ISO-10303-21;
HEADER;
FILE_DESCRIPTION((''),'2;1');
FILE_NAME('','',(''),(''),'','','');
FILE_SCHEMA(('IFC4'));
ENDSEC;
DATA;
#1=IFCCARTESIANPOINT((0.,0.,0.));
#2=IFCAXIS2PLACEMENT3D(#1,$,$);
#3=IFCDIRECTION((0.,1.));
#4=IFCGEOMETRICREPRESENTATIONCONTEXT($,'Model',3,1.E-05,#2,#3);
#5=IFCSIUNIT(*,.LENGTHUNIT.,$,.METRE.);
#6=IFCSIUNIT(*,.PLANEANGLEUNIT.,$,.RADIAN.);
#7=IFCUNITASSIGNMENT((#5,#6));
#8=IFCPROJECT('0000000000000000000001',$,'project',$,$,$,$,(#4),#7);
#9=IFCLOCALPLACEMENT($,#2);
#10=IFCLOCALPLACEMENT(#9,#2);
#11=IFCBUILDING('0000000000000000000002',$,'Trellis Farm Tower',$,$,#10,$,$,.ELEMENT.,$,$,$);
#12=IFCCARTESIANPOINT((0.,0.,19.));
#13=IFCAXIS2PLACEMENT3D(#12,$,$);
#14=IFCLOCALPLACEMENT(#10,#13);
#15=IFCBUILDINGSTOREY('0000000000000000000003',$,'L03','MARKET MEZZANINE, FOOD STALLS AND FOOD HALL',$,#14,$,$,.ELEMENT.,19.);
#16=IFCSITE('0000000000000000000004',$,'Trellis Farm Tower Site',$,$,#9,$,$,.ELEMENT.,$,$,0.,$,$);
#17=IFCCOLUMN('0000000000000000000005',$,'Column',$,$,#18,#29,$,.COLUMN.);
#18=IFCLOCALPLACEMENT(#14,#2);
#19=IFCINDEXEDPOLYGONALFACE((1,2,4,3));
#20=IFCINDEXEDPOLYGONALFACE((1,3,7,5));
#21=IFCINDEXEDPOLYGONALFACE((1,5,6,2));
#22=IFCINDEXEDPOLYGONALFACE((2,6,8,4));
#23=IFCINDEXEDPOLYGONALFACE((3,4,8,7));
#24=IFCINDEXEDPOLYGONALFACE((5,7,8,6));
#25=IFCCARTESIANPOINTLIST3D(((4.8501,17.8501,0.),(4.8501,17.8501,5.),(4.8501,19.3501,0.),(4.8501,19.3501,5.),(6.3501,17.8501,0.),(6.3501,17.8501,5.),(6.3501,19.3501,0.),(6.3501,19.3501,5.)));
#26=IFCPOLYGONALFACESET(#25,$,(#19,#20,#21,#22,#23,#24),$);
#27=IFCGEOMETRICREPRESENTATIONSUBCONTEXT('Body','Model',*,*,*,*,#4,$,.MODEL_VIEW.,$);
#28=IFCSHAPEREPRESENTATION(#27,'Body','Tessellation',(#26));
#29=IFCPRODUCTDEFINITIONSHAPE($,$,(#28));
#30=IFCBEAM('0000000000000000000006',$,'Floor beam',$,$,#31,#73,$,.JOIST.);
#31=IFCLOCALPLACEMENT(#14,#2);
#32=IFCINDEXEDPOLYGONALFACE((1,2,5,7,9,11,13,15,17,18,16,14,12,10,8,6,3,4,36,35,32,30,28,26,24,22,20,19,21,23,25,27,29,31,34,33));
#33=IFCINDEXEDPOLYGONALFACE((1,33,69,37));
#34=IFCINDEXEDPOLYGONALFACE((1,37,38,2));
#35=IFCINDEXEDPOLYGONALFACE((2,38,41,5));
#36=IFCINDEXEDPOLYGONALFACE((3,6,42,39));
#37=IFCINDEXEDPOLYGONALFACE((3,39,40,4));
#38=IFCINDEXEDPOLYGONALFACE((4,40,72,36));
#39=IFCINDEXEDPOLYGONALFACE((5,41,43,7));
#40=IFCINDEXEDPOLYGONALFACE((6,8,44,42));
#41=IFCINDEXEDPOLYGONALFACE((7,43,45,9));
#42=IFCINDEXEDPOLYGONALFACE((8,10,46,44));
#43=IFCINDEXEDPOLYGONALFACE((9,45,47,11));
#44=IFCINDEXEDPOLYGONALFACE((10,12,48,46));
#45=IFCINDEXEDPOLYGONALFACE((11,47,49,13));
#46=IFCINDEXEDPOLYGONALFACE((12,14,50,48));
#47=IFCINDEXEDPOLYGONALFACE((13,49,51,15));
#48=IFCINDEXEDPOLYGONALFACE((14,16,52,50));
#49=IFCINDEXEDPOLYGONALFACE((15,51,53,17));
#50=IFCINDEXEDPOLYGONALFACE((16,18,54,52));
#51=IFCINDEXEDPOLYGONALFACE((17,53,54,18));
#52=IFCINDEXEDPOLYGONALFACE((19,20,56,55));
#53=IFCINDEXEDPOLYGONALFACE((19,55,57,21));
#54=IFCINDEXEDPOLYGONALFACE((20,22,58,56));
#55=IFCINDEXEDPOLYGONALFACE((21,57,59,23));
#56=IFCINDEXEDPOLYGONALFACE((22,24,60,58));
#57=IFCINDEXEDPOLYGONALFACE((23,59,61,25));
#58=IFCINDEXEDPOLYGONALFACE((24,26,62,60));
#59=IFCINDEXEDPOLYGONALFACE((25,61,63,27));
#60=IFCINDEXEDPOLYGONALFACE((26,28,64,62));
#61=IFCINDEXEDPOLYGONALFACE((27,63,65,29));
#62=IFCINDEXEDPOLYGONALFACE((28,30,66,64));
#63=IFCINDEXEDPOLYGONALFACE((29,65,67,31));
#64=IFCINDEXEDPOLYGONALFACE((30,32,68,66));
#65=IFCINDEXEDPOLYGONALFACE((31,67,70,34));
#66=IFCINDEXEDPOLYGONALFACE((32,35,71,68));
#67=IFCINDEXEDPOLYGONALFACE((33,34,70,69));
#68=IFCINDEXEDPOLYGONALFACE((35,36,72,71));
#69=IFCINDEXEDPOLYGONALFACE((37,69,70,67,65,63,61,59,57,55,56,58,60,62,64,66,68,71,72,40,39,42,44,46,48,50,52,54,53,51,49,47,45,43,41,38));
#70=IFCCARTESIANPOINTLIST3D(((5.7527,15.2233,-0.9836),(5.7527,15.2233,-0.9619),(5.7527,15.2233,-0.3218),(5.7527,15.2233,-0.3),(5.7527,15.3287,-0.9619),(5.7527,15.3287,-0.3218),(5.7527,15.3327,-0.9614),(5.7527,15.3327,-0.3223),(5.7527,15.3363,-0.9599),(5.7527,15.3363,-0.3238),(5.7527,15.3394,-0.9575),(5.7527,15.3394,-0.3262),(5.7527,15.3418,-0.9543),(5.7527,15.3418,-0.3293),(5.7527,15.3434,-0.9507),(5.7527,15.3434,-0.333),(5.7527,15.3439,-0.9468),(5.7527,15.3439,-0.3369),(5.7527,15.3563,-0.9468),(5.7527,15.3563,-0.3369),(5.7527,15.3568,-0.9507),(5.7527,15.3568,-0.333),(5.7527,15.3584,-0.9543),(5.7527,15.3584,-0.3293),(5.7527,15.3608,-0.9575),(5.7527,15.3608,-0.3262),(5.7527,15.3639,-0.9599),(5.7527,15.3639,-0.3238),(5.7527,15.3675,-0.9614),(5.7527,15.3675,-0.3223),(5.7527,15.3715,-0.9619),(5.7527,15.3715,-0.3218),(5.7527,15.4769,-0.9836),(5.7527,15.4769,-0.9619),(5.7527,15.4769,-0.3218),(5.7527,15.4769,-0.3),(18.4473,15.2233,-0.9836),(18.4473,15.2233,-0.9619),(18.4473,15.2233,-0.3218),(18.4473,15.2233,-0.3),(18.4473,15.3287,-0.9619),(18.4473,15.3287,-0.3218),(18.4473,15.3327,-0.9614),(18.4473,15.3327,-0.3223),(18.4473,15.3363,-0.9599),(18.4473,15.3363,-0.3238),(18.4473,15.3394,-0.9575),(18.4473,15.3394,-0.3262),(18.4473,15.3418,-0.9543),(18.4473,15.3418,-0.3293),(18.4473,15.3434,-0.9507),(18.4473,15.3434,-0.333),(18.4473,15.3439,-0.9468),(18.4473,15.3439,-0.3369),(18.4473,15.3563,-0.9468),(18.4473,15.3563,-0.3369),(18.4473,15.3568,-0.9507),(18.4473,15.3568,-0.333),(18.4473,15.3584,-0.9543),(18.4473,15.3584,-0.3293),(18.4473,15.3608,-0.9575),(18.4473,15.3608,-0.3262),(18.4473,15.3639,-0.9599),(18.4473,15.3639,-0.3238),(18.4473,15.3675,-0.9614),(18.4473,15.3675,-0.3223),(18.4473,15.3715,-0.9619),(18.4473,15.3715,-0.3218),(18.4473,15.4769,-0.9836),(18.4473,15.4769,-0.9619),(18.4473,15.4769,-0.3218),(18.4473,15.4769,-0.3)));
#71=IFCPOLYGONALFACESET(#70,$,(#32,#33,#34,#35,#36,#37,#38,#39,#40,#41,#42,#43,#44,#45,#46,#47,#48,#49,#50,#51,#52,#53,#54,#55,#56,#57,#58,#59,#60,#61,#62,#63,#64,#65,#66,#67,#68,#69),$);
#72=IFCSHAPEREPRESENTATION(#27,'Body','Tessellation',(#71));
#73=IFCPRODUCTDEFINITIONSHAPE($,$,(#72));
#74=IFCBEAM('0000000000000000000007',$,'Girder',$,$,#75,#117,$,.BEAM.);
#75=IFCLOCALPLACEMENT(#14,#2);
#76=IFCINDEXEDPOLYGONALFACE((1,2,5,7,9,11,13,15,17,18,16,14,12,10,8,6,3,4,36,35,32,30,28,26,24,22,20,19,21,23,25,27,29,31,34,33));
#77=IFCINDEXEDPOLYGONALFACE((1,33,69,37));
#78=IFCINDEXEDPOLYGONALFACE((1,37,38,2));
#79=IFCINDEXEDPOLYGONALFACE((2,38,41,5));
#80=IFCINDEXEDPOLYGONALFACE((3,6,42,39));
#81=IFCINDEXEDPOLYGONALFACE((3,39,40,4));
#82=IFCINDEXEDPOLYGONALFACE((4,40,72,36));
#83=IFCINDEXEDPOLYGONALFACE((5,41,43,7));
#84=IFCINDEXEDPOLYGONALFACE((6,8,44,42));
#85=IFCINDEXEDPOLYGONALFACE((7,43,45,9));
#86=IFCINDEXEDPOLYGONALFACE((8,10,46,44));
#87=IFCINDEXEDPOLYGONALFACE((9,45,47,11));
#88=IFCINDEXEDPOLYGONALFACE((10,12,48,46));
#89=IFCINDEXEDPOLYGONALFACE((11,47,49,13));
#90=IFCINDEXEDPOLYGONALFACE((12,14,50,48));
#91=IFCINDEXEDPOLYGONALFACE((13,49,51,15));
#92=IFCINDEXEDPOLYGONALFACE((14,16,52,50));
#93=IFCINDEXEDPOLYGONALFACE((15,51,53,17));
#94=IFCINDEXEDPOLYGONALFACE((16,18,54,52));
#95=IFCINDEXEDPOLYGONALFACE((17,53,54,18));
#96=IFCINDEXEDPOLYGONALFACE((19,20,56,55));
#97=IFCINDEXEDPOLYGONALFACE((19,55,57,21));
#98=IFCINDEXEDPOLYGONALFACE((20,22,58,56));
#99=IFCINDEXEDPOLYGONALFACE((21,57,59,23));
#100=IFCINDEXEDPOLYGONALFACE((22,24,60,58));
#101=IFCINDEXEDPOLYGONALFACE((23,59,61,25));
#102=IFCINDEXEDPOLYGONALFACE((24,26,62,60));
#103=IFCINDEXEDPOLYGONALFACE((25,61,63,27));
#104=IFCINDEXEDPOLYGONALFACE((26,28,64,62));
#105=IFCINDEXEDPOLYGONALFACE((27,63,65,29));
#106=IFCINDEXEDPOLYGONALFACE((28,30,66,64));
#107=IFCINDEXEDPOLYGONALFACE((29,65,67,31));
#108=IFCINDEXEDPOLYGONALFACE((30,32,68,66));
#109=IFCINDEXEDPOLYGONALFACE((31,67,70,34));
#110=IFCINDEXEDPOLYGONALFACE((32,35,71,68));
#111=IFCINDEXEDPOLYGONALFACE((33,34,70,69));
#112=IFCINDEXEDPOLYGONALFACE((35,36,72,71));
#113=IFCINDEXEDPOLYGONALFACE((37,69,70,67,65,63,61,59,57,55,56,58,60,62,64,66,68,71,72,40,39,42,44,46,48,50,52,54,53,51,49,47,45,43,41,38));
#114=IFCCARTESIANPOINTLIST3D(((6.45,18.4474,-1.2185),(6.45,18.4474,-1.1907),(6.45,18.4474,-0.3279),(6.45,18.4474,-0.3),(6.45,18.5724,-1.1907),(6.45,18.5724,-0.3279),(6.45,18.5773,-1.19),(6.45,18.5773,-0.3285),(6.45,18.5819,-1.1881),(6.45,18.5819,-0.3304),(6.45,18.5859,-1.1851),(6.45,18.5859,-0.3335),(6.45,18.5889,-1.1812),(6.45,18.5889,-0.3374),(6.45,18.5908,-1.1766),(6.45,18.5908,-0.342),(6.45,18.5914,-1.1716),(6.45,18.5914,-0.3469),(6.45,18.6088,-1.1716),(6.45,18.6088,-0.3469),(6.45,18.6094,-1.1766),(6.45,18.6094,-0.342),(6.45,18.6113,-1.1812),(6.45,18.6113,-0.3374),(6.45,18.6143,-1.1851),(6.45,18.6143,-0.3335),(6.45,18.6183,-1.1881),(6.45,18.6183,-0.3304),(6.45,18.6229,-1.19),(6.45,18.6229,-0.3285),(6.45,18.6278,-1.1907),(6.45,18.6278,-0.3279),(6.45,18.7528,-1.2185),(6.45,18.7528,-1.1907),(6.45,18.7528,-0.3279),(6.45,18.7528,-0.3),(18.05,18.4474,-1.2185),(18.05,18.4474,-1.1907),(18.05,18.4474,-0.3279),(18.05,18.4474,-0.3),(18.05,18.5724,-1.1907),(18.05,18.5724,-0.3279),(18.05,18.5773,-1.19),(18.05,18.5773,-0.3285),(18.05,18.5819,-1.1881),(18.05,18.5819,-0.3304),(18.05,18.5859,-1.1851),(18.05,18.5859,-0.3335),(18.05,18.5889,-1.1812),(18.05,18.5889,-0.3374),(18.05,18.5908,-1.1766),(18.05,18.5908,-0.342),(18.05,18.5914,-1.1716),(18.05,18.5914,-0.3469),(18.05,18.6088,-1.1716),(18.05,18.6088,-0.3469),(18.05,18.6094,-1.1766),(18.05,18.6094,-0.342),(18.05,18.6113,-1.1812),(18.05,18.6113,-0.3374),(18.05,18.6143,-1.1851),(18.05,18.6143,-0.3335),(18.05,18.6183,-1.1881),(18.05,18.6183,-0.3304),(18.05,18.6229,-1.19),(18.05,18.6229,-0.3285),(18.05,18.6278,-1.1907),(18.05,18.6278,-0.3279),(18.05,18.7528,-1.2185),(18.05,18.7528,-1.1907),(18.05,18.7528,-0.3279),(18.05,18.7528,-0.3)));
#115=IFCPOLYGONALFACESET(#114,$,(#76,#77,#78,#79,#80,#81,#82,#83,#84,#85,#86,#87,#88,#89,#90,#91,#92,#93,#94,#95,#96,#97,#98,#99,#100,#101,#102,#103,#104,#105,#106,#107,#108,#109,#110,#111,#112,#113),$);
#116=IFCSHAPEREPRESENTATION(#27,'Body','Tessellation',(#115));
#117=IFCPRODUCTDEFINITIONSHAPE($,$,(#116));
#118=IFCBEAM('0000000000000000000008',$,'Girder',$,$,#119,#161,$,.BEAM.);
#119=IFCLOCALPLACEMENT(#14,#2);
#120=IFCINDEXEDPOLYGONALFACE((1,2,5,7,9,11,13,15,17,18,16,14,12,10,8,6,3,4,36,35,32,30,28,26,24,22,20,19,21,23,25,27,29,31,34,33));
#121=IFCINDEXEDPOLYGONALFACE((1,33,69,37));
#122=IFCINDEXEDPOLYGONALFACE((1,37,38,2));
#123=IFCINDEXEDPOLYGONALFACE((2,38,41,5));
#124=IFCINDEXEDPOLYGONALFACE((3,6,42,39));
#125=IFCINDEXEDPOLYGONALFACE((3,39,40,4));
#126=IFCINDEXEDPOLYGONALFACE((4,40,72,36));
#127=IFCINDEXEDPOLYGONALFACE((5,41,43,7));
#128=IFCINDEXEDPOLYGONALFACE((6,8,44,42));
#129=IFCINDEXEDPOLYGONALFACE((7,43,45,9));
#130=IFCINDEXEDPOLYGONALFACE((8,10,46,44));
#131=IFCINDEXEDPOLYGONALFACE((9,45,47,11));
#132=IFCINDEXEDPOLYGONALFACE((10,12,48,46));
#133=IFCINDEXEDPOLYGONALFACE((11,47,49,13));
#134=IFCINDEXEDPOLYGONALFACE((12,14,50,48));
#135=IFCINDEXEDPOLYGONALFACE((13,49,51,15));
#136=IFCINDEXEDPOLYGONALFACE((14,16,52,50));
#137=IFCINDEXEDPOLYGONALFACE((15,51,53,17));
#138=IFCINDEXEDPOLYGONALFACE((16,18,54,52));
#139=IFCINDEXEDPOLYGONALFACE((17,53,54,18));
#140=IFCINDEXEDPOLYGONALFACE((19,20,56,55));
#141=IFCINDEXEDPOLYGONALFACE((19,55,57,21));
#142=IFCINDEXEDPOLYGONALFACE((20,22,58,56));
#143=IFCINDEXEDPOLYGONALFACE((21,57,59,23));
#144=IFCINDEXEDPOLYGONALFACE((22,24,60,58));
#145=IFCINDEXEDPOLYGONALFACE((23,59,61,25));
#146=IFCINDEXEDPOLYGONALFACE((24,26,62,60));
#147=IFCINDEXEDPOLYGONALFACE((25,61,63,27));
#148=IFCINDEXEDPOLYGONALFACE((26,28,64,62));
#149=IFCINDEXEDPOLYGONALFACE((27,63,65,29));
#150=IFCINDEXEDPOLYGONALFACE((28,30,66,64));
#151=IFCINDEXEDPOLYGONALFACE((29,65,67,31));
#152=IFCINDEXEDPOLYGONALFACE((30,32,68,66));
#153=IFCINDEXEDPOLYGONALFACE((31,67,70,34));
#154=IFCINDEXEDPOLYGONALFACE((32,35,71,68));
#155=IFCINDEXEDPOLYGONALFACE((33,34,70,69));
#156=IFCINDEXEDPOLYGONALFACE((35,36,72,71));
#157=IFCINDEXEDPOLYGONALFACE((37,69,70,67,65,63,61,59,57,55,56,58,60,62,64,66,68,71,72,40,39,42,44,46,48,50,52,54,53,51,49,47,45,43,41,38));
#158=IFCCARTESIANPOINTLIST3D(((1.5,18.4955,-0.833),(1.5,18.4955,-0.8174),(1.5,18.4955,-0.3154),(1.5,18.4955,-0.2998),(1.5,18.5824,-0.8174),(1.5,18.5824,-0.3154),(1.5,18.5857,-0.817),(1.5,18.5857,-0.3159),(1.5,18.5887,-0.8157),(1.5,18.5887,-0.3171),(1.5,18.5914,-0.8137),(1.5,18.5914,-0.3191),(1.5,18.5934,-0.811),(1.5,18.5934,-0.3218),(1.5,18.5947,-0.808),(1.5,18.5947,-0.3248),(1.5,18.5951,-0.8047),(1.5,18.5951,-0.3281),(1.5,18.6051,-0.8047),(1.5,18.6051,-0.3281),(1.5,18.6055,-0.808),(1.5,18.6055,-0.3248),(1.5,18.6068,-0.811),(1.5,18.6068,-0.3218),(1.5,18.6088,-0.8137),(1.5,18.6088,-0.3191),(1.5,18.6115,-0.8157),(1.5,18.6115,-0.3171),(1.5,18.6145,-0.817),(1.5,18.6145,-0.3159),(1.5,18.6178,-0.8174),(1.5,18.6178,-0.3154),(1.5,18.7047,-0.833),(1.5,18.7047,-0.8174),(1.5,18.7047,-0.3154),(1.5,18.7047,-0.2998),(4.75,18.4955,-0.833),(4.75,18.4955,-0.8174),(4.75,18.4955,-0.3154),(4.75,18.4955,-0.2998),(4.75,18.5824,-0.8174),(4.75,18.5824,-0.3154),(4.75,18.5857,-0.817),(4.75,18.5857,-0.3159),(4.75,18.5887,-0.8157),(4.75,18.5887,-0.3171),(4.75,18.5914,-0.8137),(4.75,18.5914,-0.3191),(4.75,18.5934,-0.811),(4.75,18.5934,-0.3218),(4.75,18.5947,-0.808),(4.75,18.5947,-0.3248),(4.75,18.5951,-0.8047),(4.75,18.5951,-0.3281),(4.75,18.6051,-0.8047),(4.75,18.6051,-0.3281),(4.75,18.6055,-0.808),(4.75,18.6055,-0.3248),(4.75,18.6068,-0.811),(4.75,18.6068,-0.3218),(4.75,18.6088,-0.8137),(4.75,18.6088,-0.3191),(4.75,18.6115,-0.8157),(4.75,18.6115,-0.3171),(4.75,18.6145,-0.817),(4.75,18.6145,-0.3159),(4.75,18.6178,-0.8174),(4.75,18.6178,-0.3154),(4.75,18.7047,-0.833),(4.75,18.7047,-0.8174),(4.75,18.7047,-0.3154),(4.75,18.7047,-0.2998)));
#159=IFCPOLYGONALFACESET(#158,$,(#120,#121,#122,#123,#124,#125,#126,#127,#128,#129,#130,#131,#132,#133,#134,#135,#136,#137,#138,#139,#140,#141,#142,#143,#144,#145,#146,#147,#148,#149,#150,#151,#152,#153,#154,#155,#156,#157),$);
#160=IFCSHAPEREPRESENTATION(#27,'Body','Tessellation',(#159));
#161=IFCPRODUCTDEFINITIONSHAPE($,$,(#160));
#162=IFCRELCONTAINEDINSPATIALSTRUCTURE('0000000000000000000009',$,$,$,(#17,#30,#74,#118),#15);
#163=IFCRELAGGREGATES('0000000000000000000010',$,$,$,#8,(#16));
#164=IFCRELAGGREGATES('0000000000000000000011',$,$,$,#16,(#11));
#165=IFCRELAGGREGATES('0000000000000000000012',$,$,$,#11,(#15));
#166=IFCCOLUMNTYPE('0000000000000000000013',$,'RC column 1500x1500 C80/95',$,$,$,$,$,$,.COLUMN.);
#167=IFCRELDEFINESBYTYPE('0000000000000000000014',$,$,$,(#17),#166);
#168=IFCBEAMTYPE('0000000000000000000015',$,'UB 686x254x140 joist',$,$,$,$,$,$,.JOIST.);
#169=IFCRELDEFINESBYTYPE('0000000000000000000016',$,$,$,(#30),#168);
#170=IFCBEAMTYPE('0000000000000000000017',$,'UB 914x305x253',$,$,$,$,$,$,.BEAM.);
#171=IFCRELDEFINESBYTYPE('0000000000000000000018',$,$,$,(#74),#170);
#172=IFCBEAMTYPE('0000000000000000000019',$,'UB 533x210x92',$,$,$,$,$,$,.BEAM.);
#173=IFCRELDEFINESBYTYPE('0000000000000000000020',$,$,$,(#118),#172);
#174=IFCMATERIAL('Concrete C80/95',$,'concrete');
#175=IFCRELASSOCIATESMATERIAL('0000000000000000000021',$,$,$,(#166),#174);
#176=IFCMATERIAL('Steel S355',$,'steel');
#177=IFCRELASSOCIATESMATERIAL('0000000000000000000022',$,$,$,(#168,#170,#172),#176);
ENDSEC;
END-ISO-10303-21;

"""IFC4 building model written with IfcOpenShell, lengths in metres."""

from ifc_helpers import new_model, si_unit, direction, frame, origin, origin_2d, place, context, subcontext, project, spatial, rectangle, i_section, extrude, source, transform, mapped, material, material_profile, profile_set, type_object, element, save


model = new_model("IFC4")

# Units and contexts
model_context = context("Model", 3, precision=1e-05, world=origin(), true_north=direction((0.0, 1.0)))
body_context = subcontext(model_context, "Body", "Model", "MODEL_VIEW")
ifc_project = project(units=[si_unit("LENGTHUNIT", "METRE"), si_unit("PLANEANGLEUNIT", "RADIAN")], contexts=[model_context])

# Site, building, storey
site_placement = place(None, origin())
site = spatial("IfcSite", under=ifc_project, at=site_placement, Name="Trellis Farm Tower Site", CompositionType="ELEMENT", RefElevation=0.0)
building_placement = place(site_placement, origin())
building = spatial("IfcBuilding", under=site, at=building_placement, Name="Trellis Farm Tower", CompositionType="ELEMENT")
storey_placement = place(building_placement, frame((0.0, 0.0, 19.0)))
storey = spatial("IfcBuildingStorey", under=building, at=storey_placement, Name="L03", Description="MARKET MEZZANINE, FOOD STALLS AND FOOD HALL", CompositionType="ELEMENT", Elevation=19.0)

# Column
ifc_material_1 = material(Name="Concrete C80/95", Category="concrete")
ifc_material_profile_1 = material_profile(ifc_material_1, rectangle(XDim=1.5, YDim=1.5, at=origin_2d()), Name="RC column 1500x1500 C80/95")
ifc_profile_set_1 = profile_set([ifc_material_profile_1], Name="Concrete C80/95")
column_type = type_object("IfcColumnType", Name="RC column 1500x1500 C80/95", PredefinedType="COLUMN", material=ifc_profile_set_1)
shared_shape_1 = source(origin(), body_context, "Body", "SweptSolid", [
    extrude(rectangle(XDim=1.5, YDim=1.5, at=origin_2d()), origin(), (0.0, 0.0, 1.0), 5.0),
])
column_placement = place(storey_placement, frame((5.6001, 18.6001, 0.0), z_axis=(0.0, 0.0, 1.0), x_axis=(1.0, 0.0, 0.0)))
element("IfcColumn", 1, at=column_placement, inside=storey, type_object=column_type, Name="Column", PredefinedType="COLUMN", context=body_context, shape_type="MappedRepresentation", body=[
    mapped(shared_shape_1, transform((0.0, 0.0, 0.0))),
])

# Beams
ifc_material_2 = material(Name="Steel S355", Category="steel")
ifc_material_profile_2 = material_profile(ifc_material_2, i_section(OverallWidth=0.2537, OverallDepth=0.6836, WebThickness=0.0125, FlangeThickness=0.0217, FilletRadius=0.0151, at=origin_2d()), Name="UB 686x254x140")
ifc_profile_set_2 = profile_set([ifc_material_profile_2], Name="Steel S355")
beam_type_1 = type_object("IfcBeamType", Name="UB 686x254x140 joist", PredefinedType="JOIST", material=ifc_profile_set_2)
shared_shape_2 = source(origin(), body_context, "Body", "SweptSolid", [
    extrude(i_section(OverallWidth=0.2537, OverallDepth=0.6836, WebThickness=0.0125, FlangeThickness=0.0217, FilletRadius=0.0151, at=origin_2d()), origin(), (0.0, 0.0, 1.0), 12.6946),
])
beam_1_placement = place(storey_placement, frame((5.7527, 15.3501, -0.6418), z_axis=(1.0, 0.0, 0.0), x_axis=(0.0, 1.0, 0.0)))
element("IfcBeam", 2, at=beam_1_placement, inside=storey, type_object=beam_type_1, Name="Floor beam", PredefinedType="JOIST", context=body_context, shape_type="MappedRepresentation", body=[
    mapped(shared_shape_2, transform((0.0, 0.0, 0.0))),
])
ifc_material_profile_3 = material_profile(ifc_material_2, i_section(OverallWidth=0.3054, OverallDepth=0.9185, WebThickness=0.0173, FlangeThickness=0.0278, FilletRadius=0.019, at=origin_2d()), Name="UB 914x305x253")
ifc_profile_set_3 = profile_set([ifc_material_profile_3], Name="Steel S355")
beam_type_2 = type_object("IfcBeamType", Name="UB 914x305x253", PredefinedType="BEAM", material=ifc_profile_set_3)
shared_shape_3 = source(origin(), body_context, "Body", "SweptSolid", [
    extrude(i_section(OverallWidth=0.3054, OverallDepth=0.9185, WebThickness=0.0173, FlangeThickness=0.0278, FilletRadius=0.019, at=origin_2d()), origin(), (0.0, 0.0, 1.0), 11.6001),
])
beam_2_placement = place(storey_placement, frame((6.45, 18.6001, -0.7593), z_axis=(1.0, 0.0, 0.0), x_axis=(0.0, 1.0, 0.0)))
element("IfcBeam", 3, at=beam_2_placement, inside=storey, type_object=beam_type_2, Name="Girder", PredefinedType="BEAM", context=body_context, shape_type="MappedRepresentation", body=[
    mapped(shared_shape_3, transform((0.0, 0.0, 0.0))),
])
ifc_material_profile_4 = material_profile(ifc_material_2, i_section(OverallWidth=0.2092, OverallDepth=0.5332, WebThickness=0.01, FlangeThickness=0.0156, FilletRadius=0.0127, at=origin_2d()), Name="UB 533x210x92")
ifc_profile_set_4 = profile_set([ifc_material_profile_4], Name="Steel S355")
beam_type_3 = type_object("IfcBeamType", Name="UB 533x210x92", PredefinedType="BEAM", material=ifc_profile_set_4)
shared_shape_4 = source(origin(), body_context, "Body", "SweptSolid", [
    extrude(i_section(OverallWidth=0.2092, OverallDepth=0.5332, WebThickness=0.01, FlangeThickness=0.0156, FilletRadius=0.0127, at=origin_2d()), origin(), (0.0, 0.0, 1.0), 3.25),
])
beam_3_placement = place(storey_placement, frame((1.5, 18.6001, -0.5664), z_axis=(1.0, 0.0, 0.0), x_axis=(0.0, 1.0, 0.0)))
element("IfcBeam", 4, at=beam_3_placement, inside=storey, type_object=beam_type_3, Name="Girder", PredefinedType="BEAM", context=body_context, shape_type="MappedRepresentation", body=[
    mapped(shared_shape_4, transform((0.0, 0.0, 0.0))),
])

save(model, "model.ifc")
